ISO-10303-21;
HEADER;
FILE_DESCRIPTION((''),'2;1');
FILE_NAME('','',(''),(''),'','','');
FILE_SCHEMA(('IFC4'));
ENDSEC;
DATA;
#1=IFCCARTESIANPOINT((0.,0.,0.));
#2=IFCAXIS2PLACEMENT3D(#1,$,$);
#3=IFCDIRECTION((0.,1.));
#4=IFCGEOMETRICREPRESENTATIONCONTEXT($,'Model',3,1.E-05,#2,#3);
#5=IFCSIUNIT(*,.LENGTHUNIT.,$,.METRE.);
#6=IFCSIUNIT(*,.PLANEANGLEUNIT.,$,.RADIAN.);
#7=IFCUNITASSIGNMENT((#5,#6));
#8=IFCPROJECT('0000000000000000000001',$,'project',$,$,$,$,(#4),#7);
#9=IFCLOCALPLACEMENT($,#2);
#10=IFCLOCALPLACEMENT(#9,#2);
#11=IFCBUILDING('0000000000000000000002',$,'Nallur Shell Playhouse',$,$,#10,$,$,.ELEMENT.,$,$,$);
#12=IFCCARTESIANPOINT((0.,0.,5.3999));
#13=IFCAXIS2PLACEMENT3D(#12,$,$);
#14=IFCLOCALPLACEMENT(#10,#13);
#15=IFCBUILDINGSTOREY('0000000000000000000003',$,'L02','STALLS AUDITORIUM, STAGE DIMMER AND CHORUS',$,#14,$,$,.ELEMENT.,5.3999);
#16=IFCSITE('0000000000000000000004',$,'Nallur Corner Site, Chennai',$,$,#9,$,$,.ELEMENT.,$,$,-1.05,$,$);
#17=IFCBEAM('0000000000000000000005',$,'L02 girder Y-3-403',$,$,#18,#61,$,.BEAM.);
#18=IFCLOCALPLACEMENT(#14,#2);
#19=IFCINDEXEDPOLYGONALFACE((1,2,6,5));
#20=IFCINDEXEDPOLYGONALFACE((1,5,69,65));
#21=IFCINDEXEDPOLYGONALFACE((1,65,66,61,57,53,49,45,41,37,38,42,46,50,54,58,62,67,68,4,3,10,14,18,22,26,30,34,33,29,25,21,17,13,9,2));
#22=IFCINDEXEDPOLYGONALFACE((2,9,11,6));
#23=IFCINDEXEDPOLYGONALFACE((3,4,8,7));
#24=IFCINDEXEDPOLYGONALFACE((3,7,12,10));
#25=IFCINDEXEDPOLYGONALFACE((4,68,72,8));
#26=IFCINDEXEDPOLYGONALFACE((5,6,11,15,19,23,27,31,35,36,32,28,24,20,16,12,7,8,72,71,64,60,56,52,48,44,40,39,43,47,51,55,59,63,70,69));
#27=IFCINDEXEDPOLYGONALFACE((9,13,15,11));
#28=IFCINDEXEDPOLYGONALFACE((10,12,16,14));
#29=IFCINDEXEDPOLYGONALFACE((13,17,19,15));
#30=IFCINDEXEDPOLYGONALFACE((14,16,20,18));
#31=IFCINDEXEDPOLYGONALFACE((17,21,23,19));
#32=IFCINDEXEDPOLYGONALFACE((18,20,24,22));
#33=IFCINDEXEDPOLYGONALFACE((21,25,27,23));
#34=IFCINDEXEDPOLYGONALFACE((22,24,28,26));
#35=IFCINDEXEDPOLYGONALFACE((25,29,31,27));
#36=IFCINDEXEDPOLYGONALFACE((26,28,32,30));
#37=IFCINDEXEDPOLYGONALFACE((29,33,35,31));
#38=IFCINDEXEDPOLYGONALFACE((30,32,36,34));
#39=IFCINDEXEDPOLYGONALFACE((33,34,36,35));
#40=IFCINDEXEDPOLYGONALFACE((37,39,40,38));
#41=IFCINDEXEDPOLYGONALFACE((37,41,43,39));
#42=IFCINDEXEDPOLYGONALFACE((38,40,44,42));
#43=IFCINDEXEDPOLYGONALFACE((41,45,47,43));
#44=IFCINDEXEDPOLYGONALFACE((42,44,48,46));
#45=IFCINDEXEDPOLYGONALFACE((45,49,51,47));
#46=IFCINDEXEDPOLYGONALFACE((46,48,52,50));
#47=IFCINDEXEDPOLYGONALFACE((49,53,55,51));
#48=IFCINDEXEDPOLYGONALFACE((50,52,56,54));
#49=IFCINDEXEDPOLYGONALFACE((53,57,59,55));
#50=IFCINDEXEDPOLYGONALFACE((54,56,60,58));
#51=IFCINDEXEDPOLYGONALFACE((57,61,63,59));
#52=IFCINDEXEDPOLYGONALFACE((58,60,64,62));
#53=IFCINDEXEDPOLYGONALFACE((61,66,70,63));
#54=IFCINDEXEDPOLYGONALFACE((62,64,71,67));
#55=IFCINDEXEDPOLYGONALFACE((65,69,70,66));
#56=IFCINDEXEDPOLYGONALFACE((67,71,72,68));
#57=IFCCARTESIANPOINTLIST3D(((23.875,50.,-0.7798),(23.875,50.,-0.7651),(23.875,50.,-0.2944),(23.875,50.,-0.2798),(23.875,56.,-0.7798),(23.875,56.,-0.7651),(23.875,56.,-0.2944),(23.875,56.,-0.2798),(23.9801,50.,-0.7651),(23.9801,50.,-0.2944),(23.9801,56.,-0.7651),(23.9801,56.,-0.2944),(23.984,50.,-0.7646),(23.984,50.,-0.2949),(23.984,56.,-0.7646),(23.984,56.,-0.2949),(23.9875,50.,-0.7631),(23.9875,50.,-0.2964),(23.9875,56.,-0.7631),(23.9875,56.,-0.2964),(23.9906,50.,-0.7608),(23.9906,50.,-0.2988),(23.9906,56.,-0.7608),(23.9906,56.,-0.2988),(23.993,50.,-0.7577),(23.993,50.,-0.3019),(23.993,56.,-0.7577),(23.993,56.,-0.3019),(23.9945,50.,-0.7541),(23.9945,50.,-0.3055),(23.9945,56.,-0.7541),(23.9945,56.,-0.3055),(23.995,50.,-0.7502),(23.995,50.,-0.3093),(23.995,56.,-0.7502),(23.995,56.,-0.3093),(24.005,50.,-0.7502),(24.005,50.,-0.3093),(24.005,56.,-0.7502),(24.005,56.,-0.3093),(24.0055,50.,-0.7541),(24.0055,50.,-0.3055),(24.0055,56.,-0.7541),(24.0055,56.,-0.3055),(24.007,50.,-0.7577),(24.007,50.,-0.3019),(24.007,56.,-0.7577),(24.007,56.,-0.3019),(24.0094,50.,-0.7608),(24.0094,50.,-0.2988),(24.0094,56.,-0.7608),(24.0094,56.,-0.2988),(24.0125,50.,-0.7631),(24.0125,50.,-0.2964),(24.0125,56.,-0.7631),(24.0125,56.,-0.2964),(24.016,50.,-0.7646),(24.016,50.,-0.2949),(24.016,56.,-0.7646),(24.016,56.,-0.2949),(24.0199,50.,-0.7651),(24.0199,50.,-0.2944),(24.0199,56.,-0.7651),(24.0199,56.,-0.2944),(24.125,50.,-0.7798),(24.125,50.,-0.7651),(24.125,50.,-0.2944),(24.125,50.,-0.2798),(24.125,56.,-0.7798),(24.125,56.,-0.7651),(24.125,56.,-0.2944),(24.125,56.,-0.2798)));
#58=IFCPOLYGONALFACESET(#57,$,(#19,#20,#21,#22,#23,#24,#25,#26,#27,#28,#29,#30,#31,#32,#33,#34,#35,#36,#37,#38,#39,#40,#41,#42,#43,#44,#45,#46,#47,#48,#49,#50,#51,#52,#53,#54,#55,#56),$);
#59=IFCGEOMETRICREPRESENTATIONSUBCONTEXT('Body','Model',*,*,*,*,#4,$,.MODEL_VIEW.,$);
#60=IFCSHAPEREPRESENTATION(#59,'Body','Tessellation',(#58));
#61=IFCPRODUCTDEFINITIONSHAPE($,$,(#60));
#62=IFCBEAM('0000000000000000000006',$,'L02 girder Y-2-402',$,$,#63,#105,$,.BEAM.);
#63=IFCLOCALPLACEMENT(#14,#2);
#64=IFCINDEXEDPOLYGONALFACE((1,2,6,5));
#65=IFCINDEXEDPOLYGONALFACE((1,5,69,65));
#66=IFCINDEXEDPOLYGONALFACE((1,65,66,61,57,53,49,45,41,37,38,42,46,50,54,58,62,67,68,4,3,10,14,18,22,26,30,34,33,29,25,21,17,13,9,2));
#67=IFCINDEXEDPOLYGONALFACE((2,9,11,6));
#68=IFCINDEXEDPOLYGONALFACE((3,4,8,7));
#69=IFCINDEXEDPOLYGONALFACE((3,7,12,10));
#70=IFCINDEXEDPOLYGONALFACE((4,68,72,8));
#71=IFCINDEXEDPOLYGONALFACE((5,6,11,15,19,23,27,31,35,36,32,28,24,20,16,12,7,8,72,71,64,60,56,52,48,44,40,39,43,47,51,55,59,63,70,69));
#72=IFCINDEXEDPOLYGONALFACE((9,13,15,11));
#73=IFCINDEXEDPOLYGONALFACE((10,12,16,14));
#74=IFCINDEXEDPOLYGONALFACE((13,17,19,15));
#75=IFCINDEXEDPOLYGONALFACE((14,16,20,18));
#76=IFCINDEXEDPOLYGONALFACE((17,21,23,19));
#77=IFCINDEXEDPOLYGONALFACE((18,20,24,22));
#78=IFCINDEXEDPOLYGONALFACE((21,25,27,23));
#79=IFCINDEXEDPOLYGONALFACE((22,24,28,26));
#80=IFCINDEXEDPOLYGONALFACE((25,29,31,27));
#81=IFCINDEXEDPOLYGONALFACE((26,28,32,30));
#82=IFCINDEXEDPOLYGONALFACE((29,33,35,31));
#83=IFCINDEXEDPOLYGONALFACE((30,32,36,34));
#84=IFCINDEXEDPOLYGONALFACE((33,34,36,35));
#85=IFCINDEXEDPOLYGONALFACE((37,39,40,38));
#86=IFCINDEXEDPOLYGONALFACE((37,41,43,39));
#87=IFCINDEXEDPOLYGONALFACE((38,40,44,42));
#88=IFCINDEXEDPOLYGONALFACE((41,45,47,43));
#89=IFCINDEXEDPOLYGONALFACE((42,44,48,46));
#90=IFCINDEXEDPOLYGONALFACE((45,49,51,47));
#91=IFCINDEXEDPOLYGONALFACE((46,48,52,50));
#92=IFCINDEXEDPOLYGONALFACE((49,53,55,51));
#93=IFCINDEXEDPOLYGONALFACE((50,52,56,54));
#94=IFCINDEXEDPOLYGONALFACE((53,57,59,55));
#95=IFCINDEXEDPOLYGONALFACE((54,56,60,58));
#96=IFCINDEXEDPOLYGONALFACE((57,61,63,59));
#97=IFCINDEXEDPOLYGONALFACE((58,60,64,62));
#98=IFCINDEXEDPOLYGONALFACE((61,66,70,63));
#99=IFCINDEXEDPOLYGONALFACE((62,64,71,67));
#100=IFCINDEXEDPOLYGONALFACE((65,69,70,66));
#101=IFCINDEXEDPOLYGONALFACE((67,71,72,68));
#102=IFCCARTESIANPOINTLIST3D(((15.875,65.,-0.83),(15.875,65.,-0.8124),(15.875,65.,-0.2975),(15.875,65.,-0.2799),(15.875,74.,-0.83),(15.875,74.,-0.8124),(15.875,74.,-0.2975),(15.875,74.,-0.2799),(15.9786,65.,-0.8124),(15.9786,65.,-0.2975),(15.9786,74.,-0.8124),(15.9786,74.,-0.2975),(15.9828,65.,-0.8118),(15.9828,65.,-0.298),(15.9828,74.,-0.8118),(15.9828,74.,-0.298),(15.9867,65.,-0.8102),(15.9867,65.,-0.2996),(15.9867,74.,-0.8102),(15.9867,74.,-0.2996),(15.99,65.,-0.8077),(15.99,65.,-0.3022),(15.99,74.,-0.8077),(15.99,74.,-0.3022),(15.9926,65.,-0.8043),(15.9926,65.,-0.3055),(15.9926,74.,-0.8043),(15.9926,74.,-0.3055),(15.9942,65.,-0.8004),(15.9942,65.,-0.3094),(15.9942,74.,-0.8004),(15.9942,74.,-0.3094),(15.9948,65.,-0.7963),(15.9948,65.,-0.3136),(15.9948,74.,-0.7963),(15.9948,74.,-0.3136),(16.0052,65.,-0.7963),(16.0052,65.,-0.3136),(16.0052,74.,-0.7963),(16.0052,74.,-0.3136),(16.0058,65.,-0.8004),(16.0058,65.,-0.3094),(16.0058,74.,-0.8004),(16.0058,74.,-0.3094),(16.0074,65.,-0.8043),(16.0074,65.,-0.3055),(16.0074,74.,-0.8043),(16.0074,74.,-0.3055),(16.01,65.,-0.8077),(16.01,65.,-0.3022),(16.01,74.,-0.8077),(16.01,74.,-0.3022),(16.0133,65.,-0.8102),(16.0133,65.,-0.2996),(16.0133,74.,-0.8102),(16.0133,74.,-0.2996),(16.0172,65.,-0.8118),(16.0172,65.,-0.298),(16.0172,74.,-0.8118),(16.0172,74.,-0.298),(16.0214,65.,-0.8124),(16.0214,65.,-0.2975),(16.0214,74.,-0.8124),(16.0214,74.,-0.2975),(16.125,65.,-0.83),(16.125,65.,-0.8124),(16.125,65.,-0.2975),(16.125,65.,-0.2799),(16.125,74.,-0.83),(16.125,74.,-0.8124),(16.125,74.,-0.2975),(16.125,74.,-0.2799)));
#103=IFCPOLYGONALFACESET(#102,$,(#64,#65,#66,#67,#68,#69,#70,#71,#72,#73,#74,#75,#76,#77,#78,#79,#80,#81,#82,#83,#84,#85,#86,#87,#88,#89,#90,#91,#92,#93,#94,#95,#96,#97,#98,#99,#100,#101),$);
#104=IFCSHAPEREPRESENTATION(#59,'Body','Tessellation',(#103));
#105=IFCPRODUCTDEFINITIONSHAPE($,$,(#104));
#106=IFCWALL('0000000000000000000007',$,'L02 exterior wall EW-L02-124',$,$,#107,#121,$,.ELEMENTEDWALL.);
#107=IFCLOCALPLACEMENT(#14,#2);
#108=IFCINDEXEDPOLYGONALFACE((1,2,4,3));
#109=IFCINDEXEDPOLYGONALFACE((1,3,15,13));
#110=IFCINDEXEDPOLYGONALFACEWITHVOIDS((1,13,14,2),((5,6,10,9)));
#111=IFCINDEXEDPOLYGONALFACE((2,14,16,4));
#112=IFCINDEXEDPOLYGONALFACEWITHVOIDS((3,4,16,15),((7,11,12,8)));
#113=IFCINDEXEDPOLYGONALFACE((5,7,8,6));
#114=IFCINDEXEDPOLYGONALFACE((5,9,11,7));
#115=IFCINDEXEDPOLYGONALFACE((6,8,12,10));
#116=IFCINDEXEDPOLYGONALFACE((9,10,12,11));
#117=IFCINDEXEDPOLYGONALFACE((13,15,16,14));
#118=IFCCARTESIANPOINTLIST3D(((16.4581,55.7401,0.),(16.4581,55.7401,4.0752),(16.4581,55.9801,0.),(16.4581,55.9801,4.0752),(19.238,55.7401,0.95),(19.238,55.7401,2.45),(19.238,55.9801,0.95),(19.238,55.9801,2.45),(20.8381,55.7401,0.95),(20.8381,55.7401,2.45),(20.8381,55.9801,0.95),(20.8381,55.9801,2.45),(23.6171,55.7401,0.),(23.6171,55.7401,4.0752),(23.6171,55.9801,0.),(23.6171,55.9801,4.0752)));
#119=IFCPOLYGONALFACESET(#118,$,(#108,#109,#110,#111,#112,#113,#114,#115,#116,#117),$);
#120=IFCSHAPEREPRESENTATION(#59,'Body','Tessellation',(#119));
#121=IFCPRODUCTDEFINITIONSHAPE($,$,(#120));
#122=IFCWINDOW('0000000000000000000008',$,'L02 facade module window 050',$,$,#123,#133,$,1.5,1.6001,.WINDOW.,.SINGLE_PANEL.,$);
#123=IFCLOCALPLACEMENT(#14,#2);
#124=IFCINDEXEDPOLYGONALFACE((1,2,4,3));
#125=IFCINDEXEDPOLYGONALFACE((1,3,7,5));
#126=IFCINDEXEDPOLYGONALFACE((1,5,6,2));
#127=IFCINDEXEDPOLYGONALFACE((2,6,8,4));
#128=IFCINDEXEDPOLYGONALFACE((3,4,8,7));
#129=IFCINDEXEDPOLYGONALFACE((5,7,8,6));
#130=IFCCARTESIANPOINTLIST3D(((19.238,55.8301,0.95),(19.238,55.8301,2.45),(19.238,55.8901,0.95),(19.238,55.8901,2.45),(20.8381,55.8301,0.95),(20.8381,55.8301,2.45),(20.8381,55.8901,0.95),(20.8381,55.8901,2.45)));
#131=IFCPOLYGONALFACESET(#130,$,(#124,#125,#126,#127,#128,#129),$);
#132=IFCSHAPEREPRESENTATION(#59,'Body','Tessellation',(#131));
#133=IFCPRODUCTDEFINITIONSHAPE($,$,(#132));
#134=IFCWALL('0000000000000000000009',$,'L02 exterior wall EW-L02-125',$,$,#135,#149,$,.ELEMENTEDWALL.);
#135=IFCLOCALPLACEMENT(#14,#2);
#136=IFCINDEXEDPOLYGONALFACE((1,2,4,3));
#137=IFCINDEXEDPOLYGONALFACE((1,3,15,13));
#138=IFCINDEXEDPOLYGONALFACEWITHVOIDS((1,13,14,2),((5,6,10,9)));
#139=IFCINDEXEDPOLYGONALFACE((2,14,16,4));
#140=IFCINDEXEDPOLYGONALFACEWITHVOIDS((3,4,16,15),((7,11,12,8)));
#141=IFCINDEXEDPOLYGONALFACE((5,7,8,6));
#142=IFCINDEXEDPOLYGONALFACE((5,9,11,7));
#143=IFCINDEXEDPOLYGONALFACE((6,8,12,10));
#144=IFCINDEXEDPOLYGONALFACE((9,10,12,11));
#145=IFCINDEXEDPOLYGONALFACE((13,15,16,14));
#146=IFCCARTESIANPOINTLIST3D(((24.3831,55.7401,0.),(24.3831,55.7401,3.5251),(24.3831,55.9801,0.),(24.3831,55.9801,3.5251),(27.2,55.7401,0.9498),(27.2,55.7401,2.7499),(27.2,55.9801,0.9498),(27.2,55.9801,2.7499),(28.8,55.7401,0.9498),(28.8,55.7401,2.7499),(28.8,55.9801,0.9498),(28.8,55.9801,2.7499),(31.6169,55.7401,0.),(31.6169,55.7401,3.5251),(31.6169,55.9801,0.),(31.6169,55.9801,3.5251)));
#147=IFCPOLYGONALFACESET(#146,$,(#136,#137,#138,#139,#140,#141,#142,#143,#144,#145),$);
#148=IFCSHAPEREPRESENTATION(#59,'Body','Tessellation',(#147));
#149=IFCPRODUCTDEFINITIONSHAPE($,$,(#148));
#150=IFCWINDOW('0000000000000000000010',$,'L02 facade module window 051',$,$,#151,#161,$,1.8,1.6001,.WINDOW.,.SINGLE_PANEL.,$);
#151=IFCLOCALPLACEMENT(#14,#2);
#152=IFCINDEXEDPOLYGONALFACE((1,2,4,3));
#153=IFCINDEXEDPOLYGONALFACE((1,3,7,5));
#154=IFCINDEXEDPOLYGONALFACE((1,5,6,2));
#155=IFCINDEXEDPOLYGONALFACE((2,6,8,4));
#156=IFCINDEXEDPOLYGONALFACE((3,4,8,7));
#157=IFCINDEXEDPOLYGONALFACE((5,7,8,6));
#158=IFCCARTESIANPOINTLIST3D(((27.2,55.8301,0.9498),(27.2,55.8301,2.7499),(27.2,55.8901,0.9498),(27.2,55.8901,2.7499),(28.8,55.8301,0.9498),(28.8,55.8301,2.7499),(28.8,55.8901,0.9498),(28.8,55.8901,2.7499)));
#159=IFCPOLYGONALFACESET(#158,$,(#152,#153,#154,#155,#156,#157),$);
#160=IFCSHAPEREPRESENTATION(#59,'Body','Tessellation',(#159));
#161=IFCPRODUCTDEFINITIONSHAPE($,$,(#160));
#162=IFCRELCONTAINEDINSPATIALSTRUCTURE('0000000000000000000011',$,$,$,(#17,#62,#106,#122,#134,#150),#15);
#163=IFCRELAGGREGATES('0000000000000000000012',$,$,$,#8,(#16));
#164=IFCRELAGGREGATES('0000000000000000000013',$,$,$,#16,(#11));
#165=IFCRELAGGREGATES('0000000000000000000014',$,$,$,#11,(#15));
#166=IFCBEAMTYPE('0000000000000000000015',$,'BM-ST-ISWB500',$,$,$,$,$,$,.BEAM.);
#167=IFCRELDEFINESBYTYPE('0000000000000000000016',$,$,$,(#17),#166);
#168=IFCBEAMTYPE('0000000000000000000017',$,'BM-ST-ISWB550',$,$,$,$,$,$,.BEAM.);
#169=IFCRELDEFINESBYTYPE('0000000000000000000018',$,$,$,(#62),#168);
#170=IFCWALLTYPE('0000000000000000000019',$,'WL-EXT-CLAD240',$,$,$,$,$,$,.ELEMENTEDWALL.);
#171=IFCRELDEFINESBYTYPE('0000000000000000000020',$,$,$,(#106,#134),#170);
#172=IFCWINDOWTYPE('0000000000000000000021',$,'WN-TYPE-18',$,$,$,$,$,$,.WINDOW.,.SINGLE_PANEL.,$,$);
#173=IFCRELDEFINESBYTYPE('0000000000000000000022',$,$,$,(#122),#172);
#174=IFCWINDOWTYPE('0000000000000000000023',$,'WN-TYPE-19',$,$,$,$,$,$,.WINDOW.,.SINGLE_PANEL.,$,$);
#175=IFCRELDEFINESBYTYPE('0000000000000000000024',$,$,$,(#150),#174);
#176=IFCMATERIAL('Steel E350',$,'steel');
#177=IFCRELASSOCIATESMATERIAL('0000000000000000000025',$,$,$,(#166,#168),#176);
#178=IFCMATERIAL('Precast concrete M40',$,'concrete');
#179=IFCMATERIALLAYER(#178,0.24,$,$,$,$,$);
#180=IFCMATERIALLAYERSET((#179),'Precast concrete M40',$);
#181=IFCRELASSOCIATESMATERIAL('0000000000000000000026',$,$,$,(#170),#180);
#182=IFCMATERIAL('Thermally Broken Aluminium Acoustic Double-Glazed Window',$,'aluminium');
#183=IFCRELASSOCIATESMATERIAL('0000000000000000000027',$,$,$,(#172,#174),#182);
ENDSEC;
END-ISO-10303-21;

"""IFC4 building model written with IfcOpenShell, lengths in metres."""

from ifc_helpers import new_model, si_unit, direction, frame, frame_2d, origin, origin_2d, place, context, subcontext, project, spatial, rectangle, i_section, extrude, material, layer, layer_set, material_profile, profile_set, type_object, element, fill, save


model = new_model("IFC4")

# Units and contexts
model_context = context("Model", 3, precision=1e-05, world=origin(), true_north=direction((0.0, 1.0)))
body_context = subcontext(model_context, "Body", "Model", "MODEL_VIEW")
ifc_project = project(units=[si_unit("LENGTHUNIT", "METRE"), si_unit("PLANEANGLEUNIT", "RADIAN")], contexts=[model_context])

# Site, building, storey
site_placement = place(None, origin())
site = spatial("IfcSite", under=ifc_project, at=site_placement, Name="Nallur Corner Site, Chennai", CompositionType="ELEMENT", RefElevation=-1.05)
building_placement = place(site_placement, origin())
building = spatial("IfcBuilding", under=site, at=building_placement, Name="Nallur Shell Playhouse", CompositionType="ELEMENT")
storey_placement = place(building_placement, frame((0.0, 0.0, 5.3999)))
storey = spatial("IfcBuildingStorey", under=building, at=storey_placement, Name="L02", Description="STALLS AUDITORIUM, STAGE DIMMER AND CHORUS", CompositionType="ELEMENT", Elevation=5.3999)

# Beams
ifc_material_1 = material(Name="Steel E350", Category="steel")
ifc_material_profile_1 = material_profile(ifc_material_1, i_section(OverallWidth=0.25, OverallDepth=0.5, WebThickness=0.01, FlangeThickness=0.0146, FilletRadius=0.0149, at=origin_2d()), Name="ISWB 500")
ifc_profile_set_1 = profile_set([ifc_material_profile_1], Name="Steel E350")
beam_type_1 = type_object("IfcBeamType", Name="BM-ST-ISWB500", PredefinedType="BEAM", material=ifc_profile_set_1)
beam_1_placement = place(storey_placement, frame((24.0, 50.0, -0.5298), z_axis=(0.0, 1.0, 0.0), x_axis=(-1.0, 0.0, 0.0)))
element("IfcBeam", 1, at=beam_1_placement, inside=storey, type_object=beam_type_1, Name="L02 girder Y-3-403", PredefinedType="BEAM", context=body_context, shape_type="SweptSolid", body=[
    extrude(i_section(OverallWidth=0.25, OverallDepth=0.5, WebThickness=0.01, FlangeThickness=0.0146, FilletRadius=0.0149, at=origin_2d()), origin(), (0.0, 0.0, 1.0), 6.0),
])
ifc_material_profile_2 = material_profile(ifc_material_1, i_section(OverallWidth=0.25, OverallDepth=0.55, WebThickness=0.0105, FlangeThickness=0.0176, FilletRadius=0.0161, at=origin_2d()), Name="ISWB 550")
ifc_profile_set_2 = profile_set([ifc_material_profile_2], Name="Steel E350")
beam_type_2 = type_object("IfcBeamType", Name="BM-ST-ISWB550", PredefinedType="BEAM", material=ifc_profile_set_2)
beam_2_placement = place(storey_placement, frame((16.0, 65.0, -0.5549), z_axis=(0.0, 1.0, 0.0), x_axis=(-1.0, 0.0, 0.0)))
element("IfcBeam", 2, at=beam_2_placement, inside=storey, type_object=beam_type_2, Name="L02 girder Y-2-402", PredefinedType="BEAM", context=body_context, shape_type="SweptSolid", body=[
    extrude(i_section(OverallWidth=0.25, OverallDepth=0.55, WebThickness=0.0105, FlangeThickness=0.0176, FilletRadius=0.0161, at=origin_2d()), origin(), (0.0, 0.0, 1.0), 9.0),
])

# Walls, openings, windows
ifc_material_2 = material(Name="Precast concrete M40", Category="concrete")
ifc_layer_1 = layer(ifc_material_2, 0.24)
ifc_layer_set_1 = layer_set([ifc_layer_1], Name="Precast concrete M40")
wall_type_1 = type_object("IfcWallType", Name="WL-EXT-CLAD240", PredefinedType="ELEMENTEDWALL", material=ifc_layer_set_1)
wall_1_placement = place(storey_placement, frame((16.458, 55.8601, 0.0), z_axis=(0.0, 0.0, 1.0), x_axis=(1.0, 0.0, 0.0)))
wall_1 = element("IfcWall", 3, at=wall_1_placement, inside=storey, type_object=wall_type_1, Name="L02 exterior wall EW-L02-124", PredefinedType="ELEMENTEDWALL", context=body_context, shape_type="SweptSolid", body=[
    extrude(rectangle(XDim=7.1589, YDim=0.24, at=frame_2d((3.5796, 0.0))), origin(), (0.0, 0.0, 1.0), 4.0752),
])
opening_1_placement = place(wall_1_placement, frame((2.78, 0.0, 0.95)))
opening_1 = element("IfcOpeningElement", 4, at=opening_1_placement, cuts=wall_1, PredefinedType="OPENING", context=body_context, shape_type="SweptSolid", body=[
    extrude(rectangle(XDim=1.6001, YDim=1.5, at=frame_2d((0.8, 0.75))), frame((0.0, 0.1299, 0.0), z_axis=(0.0, -1.0, 0.0), x_axis=(1.0, 0.0, 0.0)), (0.0, 0.0, 1.0), 0.26),
])
ifc_material_3 = material(Name="Thermally Broken Aluminium Acoustic Double-Glazed Window", Category="aluminium")
window_type_1 = type_object("IfcWindowType", Name="WN-TYPE-18", PartitioningType="SINGLE_PANEL", PredefinedType="WINDOW", material=ifc_material_3)
window_1_placement = place(opening_1_placement, origin())
window_1 = element("IfcWindow", 5, at=window_1_placement, inside=storey, type_object=window_type_1, Name="L02 facade module window 050", OverallHeight=1.5, OverallWidth=1.6001, PartitioningType="SINGLE_PANEL", PredefinedType="WINDOW", context=body_context, shape_type="SweptSolid", body=[
    extrude(rectangle(XDim=1.6001, YDim=1.5, at=frame_2d((0.8, 0.75))), frame((0.0, 0.03, 0.0), z_axis=(0.0, -1.0, 0.0), x_axis=(1.0, 0.0, 0.0)), (0.0, 0.0, 1.0), 0.0601),
])
fill(opening_1, window_1)
wall_2_placement = place(storey_placement, frame((24.3831, 55.8601, 0.0), z_axis=(0.0, 0.0, 1.0), x_axis=(1.0, 0.0, 0.0)))
wall_2 = element("IfcWall", 6, at=wall_2_placement, inside=storey, type_object=wall_type_1, Name="L02 exterior wall EW-L02-125", PredefinedType="ELEMENTEDWALL", context=body_context, shape_type="SweptSolid", body=[
    extrude(rectangle(XDim=7.2339, YDim=0.24, at=frame_2d((3.6169, 0.0))), origin(), (0.0, 0.0, 1.0), 3.5251),
])
opening_2_placement = place(wall_2_placement, frame((2.8169, 0.0, 0.95)))
opening_2 = element("IfcOpeningElement", 7, at=opening_2_placement, cuts=wall_2, PredefinedType="OPENING", context=body_context, shape_type="SweptSolid", body=[
    extrude(rectangle(XDim=1.6001, YDim=1.8, at=frame_2d((0.8, 0.8999))), frame((0.0, 0.1299, 0.0), z_axis=(0.0, -1.0, 0.0), x_axis=(1.0, 0.0, 0.0)), (0.0, 0.0, 1.0), 0.26),
])
window_type_2 = type_object("IfcWindowType", Name="WN-TYPE-19", PartitioningType="SINGLE_PANEL", PredefinedType="WINDOW", material=ifc_material_3)
window_2_placement = place(opening_2_placement, origin())
window_2 = element("IfcWindow", 8, at=window_2_placement, inside=storey, type_object=window_type_2, Name="L02 facade module window 051", OverallHeight=1.8, OverallWidth=1.6001, PartitioningType="SINGLE_PANEL", PredefinedType="WINDOW", context=body_context, shape_type="SweptSolid", body=[
    extrude(rectangle(XDim=1.6001, YDim=1.8, at=frame_2d((0.8, 0.8999))), frame((0.0, 0.03, 0.0), z_axis=(0.0, -1.0, 0.0), x_axis=(1.0, 0.0, 0.0)), (0.0, 0.0, 1.0), 0.0601),
])
fill(opening_2, window_2)

save(model, "model.ifc")
